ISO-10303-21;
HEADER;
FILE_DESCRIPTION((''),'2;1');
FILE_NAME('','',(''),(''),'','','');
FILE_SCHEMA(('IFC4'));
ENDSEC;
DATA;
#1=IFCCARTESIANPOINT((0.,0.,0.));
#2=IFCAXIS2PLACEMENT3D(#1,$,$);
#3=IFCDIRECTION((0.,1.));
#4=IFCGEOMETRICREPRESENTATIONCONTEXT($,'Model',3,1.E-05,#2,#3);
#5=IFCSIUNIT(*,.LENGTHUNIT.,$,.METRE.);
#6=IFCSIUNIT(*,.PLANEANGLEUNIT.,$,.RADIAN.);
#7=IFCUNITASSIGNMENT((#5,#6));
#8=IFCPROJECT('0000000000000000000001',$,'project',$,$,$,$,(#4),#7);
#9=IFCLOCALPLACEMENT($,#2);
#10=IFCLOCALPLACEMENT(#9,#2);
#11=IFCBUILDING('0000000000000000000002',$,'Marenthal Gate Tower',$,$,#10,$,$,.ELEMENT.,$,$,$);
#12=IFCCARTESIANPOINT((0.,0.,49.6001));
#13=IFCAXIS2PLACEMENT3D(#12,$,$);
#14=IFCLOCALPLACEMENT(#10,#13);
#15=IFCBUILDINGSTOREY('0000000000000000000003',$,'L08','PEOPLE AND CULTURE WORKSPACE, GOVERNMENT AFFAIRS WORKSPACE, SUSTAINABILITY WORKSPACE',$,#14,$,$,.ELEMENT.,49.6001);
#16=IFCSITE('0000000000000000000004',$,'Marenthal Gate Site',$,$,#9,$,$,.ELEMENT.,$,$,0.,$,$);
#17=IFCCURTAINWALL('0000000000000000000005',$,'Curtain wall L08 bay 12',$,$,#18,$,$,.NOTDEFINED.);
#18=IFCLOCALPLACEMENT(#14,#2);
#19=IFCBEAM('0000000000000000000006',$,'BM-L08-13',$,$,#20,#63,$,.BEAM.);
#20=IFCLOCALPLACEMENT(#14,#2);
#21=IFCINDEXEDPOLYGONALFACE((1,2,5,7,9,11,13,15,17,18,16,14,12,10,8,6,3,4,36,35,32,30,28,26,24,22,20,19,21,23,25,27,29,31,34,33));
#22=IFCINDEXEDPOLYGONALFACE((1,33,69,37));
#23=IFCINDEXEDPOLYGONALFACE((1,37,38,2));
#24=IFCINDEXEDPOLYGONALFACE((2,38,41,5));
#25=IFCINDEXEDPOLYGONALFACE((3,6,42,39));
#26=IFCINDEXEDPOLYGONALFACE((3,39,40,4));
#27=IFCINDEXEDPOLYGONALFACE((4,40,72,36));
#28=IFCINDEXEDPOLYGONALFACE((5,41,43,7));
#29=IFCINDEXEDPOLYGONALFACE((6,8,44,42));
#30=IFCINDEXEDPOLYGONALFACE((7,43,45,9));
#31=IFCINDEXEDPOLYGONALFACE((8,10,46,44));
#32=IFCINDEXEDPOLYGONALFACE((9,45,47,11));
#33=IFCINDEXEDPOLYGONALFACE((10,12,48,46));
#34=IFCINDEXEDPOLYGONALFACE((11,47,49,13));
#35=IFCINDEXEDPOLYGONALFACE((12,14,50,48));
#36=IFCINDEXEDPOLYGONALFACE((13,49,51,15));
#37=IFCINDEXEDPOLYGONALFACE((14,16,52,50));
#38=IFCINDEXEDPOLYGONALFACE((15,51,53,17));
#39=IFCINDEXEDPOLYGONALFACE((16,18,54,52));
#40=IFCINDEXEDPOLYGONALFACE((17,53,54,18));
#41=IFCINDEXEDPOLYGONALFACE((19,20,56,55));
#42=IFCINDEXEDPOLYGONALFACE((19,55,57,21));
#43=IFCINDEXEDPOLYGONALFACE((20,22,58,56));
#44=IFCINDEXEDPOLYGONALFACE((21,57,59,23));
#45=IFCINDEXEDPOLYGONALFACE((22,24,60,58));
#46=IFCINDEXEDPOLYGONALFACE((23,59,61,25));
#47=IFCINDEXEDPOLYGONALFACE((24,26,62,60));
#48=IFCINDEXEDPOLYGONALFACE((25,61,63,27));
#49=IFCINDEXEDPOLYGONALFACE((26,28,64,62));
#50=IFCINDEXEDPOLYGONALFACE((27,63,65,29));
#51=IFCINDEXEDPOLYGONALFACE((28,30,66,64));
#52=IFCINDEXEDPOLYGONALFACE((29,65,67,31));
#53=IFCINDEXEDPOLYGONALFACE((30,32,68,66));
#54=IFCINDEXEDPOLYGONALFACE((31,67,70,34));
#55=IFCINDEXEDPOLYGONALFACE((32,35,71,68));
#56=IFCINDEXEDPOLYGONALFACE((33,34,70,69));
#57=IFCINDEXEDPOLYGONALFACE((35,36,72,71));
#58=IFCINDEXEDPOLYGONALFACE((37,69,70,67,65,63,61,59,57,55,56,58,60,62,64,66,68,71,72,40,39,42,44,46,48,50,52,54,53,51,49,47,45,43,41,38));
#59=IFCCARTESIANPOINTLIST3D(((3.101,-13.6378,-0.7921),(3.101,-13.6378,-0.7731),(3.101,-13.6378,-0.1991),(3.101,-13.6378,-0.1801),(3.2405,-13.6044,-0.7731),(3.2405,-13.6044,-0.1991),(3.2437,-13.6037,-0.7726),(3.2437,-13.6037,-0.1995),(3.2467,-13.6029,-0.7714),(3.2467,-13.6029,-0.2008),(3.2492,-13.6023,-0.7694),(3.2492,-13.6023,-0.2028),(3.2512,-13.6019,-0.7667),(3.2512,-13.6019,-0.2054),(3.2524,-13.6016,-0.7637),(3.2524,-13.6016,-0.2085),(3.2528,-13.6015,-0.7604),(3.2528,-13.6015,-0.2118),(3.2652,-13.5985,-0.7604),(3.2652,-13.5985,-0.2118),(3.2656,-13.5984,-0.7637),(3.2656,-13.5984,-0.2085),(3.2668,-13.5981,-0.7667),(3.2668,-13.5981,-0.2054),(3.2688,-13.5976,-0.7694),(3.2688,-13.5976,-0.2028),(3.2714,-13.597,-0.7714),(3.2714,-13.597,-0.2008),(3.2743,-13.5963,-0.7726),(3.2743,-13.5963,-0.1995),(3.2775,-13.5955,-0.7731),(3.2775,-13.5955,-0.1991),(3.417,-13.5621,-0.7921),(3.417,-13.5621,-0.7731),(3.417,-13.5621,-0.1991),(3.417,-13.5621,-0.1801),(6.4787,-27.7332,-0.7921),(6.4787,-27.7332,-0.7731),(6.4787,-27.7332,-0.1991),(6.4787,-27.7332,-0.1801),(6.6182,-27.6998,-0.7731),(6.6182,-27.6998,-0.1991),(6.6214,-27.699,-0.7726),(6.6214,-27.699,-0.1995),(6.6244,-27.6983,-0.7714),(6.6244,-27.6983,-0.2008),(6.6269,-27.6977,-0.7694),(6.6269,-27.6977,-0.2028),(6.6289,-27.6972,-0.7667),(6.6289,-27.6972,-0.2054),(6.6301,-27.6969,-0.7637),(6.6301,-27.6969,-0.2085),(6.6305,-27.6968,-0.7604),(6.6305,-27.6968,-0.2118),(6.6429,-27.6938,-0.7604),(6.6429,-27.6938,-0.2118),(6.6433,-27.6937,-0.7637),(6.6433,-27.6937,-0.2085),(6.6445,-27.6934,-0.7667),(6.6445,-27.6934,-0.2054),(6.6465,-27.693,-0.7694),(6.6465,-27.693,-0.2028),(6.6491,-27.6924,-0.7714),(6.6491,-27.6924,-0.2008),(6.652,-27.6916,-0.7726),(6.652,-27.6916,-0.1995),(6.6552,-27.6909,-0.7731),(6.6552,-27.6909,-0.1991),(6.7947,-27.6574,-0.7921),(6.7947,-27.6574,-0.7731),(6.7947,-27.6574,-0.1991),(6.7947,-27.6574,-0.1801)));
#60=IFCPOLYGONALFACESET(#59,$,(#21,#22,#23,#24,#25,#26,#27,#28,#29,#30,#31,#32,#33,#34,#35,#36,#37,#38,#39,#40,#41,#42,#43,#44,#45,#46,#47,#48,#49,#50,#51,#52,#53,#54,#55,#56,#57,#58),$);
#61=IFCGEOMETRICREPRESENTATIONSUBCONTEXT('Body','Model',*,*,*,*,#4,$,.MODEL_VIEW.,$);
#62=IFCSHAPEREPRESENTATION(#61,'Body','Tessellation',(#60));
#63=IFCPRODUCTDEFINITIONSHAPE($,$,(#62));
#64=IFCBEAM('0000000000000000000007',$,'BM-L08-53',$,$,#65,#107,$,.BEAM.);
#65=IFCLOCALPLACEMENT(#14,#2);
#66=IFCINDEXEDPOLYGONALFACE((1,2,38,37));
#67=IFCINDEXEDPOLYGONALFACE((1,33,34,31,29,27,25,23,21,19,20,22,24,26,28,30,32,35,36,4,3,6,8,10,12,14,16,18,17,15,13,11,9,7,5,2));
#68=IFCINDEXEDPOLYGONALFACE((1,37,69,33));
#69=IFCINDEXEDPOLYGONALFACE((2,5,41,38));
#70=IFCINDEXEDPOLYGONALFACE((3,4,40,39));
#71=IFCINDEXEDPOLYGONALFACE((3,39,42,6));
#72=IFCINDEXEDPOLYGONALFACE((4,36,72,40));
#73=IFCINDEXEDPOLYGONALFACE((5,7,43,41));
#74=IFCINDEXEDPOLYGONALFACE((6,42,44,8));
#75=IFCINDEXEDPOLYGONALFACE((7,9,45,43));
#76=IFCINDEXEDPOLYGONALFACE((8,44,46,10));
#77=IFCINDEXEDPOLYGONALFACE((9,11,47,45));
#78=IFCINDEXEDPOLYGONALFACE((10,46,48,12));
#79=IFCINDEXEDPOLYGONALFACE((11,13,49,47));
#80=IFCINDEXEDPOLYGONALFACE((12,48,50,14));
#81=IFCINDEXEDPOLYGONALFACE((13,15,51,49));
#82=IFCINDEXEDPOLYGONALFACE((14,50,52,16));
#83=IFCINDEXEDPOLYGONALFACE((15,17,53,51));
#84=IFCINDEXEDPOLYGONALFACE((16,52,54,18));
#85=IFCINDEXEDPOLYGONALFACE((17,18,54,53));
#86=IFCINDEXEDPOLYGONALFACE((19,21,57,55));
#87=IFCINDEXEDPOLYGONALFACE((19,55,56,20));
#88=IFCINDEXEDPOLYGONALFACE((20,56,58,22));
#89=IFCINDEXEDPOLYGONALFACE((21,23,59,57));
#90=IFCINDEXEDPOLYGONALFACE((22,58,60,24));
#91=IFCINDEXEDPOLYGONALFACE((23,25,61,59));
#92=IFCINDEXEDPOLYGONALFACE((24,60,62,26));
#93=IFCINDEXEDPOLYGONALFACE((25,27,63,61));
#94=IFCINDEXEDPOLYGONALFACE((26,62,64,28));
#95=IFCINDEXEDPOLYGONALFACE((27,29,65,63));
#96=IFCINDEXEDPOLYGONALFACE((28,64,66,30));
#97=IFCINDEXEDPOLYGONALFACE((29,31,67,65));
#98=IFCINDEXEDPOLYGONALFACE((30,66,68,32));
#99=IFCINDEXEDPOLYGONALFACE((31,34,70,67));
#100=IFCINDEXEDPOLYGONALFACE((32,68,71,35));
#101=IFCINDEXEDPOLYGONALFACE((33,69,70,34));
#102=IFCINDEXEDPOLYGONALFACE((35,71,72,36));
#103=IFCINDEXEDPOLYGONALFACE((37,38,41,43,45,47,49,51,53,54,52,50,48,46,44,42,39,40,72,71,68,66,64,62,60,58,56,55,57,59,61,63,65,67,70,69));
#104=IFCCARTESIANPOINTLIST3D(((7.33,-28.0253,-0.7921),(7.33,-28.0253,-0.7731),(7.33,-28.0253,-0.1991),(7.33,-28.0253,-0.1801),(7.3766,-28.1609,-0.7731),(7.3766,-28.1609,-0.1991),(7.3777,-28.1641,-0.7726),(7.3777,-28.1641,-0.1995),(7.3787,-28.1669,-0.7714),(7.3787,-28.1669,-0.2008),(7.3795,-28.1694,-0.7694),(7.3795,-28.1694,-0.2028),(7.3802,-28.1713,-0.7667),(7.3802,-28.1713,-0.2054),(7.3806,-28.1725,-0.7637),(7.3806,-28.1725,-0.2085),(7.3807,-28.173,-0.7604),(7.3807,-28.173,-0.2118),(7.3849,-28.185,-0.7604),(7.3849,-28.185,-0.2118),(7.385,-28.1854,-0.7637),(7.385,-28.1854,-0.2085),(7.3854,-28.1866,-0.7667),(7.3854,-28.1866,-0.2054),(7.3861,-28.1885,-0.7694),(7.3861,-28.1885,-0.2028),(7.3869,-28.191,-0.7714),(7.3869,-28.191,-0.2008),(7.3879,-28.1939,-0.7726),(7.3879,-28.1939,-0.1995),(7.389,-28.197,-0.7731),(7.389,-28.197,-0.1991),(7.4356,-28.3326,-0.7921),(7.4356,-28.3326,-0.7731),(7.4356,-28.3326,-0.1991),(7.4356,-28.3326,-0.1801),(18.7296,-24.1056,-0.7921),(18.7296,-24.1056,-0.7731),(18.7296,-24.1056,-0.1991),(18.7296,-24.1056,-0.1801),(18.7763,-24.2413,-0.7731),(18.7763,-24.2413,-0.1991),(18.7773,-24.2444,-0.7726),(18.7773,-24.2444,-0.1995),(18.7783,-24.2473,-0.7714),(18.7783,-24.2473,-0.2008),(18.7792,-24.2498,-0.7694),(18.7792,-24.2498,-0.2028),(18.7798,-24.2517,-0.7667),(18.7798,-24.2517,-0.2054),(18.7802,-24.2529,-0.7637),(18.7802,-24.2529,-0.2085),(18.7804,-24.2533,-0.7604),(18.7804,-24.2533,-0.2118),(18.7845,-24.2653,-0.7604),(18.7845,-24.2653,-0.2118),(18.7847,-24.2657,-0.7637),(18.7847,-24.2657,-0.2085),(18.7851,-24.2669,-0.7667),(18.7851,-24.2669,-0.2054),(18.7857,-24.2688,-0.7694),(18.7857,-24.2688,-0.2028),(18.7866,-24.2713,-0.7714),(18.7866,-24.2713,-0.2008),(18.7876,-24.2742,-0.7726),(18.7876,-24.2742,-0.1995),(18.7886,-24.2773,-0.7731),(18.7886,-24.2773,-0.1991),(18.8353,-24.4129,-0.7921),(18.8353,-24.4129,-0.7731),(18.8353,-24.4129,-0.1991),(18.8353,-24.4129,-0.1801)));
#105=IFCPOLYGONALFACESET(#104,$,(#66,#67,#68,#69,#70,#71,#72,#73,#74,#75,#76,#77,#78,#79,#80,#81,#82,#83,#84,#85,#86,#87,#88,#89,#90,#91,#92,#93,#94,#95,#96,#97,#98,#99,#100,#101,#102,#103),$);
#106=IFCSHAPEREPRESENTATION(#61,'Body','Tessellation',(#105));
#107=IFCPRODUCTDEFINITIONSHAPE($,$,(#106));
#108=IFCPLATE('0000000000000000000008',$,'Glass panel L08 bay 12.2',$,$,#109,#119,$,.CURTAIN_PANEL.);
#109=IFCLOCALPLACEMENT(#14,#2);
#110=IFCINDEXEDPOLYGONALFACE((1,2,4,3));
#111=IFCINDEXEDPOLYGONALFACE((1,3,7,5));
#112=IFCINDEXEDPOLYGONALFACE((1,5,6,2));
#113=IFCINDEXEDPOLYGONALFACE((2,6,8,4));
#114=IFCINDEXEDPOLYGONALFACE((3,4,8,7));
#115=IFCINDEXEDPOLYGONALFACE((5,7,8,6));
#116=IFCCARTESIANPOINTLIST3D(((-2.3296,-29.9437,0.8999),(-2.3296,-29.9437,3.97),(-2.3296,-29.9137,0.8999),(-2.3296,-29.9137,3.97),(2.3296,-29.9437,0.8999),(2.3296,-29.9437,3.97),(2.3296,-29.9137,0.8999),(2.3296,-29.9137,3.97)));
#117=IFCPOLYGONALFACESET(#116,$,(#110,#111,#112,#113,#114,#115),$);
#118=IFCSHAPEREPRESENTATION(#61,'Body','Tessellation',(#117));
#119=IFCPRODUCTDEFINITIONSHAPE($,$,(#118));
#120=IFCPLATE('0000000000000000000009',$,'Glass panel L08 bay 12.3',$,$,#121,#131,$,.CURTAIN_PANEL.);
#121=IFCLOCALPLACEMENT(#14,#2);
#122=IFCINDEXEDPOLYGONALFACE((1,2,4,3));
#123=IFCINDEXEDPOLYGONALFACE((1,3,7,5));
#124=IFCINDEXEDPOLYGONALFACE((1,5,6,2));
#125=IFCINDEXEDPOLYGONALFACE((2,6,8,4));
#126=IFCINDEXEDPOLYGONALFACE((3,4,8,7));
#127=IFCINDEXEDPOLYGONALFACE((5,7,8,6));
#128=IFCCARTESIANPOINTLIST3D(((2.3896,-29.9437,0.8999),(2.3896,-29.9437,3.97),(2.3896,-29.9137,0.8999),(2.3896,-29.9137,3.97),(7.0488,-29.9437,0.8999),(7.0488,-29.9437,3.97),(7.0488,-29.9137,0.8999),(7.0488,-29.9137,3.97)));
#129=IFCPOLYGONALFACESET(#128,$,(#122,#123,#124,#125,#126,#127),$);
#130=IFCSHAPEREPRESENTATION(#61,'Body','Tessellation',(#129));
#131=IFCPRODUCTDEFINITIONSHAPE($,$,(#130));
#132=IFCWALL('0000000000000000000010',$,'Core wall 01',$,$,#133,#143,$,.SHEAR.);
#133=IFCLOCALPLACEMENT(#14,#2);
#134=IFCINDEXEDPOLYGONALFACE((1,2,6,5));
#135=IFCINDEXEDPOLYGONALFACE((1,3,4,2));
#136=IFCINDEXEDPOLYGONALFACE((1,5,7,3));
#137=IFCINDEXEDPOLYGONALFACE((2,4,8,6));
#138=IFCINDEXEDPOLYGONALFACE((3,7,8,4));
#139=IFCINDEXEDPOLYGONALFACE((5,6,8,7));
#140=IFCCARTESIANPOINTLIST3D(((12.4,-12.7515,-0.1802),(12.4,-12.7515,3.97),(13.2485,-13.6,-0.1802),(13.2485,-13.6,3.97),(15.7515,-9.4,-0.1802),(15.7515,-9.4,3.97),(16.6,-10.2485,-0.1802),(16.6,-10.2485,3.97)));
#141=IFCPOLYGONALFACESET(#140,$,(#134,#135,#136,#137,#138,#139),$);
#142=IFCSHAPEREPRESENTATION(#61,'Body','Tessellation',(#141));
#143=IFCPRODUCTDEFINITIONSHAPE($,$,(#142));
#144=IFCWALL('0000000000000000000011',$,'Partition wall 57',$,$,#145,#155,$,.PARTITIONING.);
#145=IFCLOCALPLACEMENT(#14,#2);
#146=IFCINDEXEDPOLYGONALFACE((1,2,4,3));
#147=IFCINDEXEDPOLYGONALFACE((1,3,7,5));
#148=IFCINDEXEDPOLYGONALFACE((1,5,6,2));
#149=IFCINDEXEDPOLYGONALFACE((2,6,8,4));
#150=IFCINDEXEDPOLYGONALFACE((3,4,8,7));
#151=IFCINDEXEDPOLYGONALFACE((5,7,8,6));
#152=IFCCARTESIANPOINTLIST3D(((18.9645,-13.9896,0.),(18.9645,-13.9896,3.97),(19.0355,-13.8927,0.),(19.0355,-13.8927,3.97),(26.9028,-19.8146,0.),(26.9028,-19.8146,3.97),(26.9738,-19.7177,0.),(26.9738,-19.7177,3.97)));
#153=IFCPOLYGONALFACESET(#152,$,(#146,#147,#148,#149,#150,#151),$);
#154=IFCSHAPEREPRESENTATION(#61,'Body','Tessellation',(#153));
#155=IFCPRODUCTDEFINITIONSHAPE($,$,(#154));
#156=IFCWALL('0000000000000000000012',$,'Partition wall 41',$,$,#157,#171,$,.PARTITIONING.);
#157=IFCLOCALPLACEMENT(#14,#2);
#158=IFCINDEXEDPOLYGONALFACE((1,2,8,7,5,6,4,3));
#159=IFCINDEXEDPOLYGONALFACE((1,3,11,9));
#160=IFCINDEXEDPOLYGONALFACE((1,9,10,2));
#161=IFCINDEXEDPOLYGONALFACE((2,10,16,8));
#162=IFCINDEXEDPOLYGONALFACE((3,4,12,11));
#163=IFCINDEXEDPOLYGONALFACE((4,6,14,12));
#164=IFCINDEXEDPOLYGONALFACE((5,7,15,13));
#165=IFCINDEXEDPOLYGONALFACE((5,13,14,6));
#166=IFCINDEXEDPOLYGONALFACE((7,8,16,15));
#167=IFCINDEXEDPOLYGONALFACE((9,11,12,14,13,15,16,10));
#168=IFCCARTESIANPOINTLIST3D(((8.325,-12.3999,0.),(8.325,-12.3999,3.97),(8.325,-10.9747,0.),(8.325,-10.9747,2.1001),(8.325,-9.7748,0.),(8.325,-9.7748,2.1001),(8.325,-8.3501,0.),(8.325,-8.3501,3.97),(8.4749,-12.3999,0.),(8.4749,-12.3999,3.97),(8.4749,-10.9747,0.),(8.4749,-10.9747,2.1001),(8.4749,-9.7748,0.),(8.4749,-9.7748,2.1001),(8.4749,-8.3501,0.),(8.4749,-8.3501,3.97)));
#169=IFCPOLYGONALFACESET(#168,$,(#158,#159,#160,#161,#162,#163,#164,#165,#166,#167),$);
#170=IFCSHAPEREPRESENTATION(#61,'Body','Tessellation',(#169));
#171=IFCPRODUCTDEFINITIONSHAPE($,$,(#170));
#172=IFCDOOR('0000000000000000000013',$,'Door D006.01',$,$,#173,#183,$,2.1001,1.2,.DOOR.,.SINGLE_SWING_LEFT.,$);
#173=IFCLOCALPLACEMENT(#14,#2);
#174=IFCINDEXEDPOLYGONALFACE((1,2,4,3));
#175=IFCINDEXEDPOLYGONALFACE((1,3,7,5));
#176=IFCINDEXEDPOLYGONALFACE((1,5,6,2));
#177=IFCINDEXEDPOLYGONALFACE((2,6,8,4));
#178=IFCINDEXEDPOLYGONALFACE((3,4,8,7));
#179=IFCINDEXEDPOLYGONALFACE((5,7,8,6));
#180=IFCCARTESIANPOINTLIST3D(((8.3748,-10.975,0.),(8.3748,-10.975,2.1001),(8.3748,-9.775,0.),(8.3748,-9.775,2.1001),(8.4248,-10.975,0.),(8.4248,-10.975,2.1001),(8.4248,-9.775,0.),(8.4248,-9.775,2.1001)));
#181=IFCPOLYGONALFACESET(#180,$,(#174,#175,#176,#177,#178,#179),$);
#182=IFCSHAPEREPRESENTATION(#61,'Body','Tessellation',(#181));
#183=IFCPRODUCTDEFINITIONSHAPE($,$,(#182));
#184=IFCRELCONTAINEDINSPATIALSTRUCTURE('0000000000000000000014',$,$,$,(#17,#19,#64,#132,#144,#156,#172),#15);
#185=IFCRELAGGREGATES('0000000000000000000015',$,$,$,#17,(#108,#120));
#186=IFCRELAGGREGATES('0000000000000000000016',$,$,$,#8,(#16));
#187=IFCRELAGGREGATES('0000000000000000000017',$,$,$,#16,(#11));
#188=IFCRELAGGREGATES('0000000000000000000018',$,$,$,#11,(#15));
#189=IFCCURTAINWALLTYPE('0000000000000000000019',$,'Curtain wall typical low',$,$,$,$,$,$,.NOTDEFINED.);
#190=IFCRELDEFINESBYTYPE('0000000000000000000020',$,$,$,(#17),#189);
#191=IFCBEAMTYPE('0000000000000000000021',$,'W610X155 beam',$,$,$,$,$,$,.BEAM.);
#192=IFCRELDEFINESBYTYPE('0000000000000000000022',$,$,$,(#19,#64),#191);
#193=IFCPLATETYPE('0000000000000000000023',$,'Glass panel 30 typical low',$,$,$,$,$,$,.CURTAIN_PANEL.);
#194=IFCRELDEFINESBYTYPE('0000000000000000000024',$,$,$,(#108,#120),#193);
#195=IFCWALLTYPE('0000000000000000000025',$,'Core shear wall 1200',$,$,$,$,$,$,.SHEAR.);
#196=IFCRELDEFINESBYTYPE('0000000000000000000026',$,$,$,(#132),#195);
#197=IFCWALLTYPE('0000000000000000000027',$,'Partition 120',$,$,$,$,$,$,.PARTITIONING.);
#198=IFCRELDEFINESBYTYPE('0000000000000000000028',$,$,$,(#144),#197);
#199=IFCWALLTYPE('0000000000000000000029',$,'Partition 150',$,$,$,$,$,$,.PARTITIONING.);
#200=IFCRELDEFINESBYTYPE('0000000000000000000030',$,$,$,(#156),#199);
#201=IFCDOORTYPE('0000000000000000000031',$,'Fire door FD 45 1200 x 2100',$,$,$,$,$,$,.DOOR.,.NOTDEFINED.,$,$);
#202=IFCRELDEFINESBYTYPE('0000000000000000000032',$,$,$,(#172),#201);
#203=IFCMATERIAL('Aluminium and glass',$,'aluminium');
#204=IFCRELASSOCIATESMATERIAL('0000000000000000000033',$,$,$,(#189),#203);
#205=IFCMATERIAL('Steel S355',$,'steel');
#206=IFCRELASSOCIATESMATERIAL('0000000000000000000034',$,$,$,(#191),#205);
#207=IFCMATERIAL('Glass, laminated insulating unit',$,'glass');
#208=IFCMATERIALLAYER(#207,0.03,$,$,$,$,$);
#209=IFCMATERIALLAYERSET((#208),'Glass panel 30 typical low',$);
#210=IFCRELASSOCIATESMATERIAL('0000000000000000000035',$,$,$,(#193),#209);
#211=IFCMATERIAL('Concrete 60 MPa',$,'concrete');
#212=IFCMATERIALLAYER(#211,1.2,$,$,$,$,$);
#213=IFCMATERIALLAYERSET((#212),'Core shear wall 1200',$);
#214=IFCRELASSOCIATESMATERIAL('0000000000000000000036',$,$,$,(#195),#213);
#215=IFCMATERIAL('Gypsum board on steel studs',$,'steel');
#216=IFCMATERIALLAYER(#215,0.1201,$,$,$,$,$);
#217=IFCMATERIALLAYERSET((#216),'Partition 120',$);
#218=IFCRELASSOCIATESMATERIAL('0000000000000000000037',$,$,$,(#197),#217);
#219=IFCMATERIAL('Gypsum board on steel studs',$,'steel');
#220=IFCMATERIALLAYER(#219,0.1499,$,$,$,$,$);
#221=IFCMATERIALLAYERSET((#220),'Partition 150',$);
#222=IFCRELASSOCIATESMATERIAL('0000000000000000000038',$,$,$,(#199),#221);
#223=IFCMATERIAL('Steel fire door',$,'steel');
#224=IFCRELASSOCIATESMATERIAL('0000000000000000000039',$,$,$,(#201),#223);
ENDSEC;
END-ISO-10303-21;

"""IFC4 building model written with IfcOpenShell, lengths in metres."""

from ifc_helpers import new_model, si_unit, direction, frame, frame_2d, origin, origin_2d, place, context, subcontext, project, spatial, rectangle, i_section, extrude, material, layer, layer_set, material_profile, profile_set, type_object, element, fill, aggregate, save


model = new_model("IFC4")

# Units and contexts
model_context = context("Model", 3, precision=1e-05, world=origin(), true_north=direction((0.0, 1.0)))
body_context = subcontext(model_context, "Body", "Model", "MODEL_VIEW")
ifc_project = project(units=[si_unit("LENGTHUNIT", "METRE"), si_unit("PLANEANGLEUNIT", "RADIAN")], contexts=[model_context])

# Site, building, storey
site_placement = place(None, origin())
site = spatial("IfcSite", under=ifc_project, at=site_placement, Name="Marenthal Gate Site", CompositionType="ELEMENT", RefElevation=0.0)
building_placement = place(site_placement, origin())
building = spatial("IfcBuilding", under=site, at=building_placement, Name="Marenthal Gate Tower", CompositionType="ELEMENT")
storey_placement = place(building_placement, frame((0.0, 0.0, 49.6001)))
storey = spatial("IfcBuildingStorey", under=building, at=storey_placement, Name="L08", Description="PEOPLE AND CULTURE WORKSPACE, GOVERNMENT AFFAIRS WORKSPACE, SUSTAINABILITY WORKSPACE", CompositionType="ELEMENT", Elevation=49.6001)

# Curtain wall
ifc_material_1 = material(Name="Aluminium and glass", Category="aluminium")
curtain_wall_type = type_object("IfcCurtainWallType", Name="Curtain wall typical low", PredefinedType="NOTDEFINED", material=ifc_material_1)
curtain_wall_placement = place(storey_placement, origin())
curtain_wall = element("IfcCurtainWall", 1, at=curtain_wall_placement, inside=storey, type_object=curtain_wall_type, Name="Curtain wall L08 bay 12", PredefinedType="NOTDEFINED")

# Beams
ifc_material_2 = material(Name="Steel S355", Category="steel")
ifc_material_profile_1 = material_profile(ifc_material_2, i_section(OverallWidth=0.325, OverallDepth=0.6121, WebThickness=0.0127, FlangeThickness=0.019, FilletRadius=0.0127, at=origin_2d()), Name="W610X155")
ifc_profile_set_1 = profile_set([ifc_material_profile_1], Name="Steel S355")
beam_type_1 = type_object("IfcBeamType", Name="W610X155 beam", PredefinedType="BEAM", material=ifc_profile_set_1)
beam_1_placement = place(storey_placement, frame((6.6367, -27.6953, -0.4861), z_axis=(-0.233036, 0.972468, 0.0), x_axis=(-0.972468, -0.233036, 0.0)))
element("IfcBeam", 2, at=beam_1_placement, inside=storey, type_object=beam_type_1, Name="BM-L08-13", PredefinedType="BEAM", context=body_context, shape_type="SweptSolid", body=[
    extrude(i_section(OverallWidth=0.325, OverallDepth=0.6121, WebThickness=0.0127, FlangeThickness=0.019, FilletRadius=0.0127, at=origin_2d()), origin(), (0.0, 0.0, 1.0), 14.4944),
])
beam_2_placement = place(storey_placement, frame((7.3828, -28.179, -0.4861), z_axis=(0.94566, 0.325157, 0.0), x_axis=(-0.325157, 0.94566, 0.0)))
element("IfcBeam", 3, at=beam_2_placement, inside=storey, type_object=beam_type_1, Name="BM-L08-53", PredefinedType="BEAM", context=body_context, shape_type="SweptSolid", body=[
    extrude(i_section(OverallWidth=0.325, OverallDepth=0.6121, WebThickness=0.0127, FlangeThickness=0.019, FilletRadius=0.0127, at=origin_2d()), origin(), (0.0, 0.0, 1.0), 12.0547),
])

# Plates
ifc_material_3 = material(Name="Glass, laminated insulating unit", Category="glass")
ifc_layer_1 = layer(ifc_material_3, 0.03)
ifc_layer_set_1 = layer_set([ifc_layer_1], Name="Glass panel 30 typical low")
plate_type = type_object("IfcPlateType", Name="Glass panel 30 typical low", PredefinedType="CURTAIN_PANEL", material=ifc_layer_set_1)
plate_1_placement = place(storey_placement, frame((0.0, -29.9287, 0.8999), z_axis=(0.0, 0.0, 1.0), x_axis=(1.0, 0.0, 0.0)))
plate_1 = element("IfcPlate", 4, at=plate_1_placement, type_object=plate_type, Name="Glass panel L08 bay 12.2", PredefinedType="CURTAIN_PANEL", context=body_context, shape_type="SweptSolid", body=[
    extrude(rectangle(XDim=4.6592, YDim=0.03, at=origin_2d()), origin(), (0.0, 0.0, 1.0), 3.0701),
])
plate_2_placement = place(storey_placement, frame((4.7192, -29.9287, 0.8999), z_axis=(0.0, 0.0, 1.0), x_axis=(1.0, 0.0, 0.0)))
plate_2 = element("IfcPlate", 5, at=plate_2_placement, type_object=plate_type, Name="Glass panel L08 bay 12.3", PredefinedType="CURTAIN_PANEL", context=body_context, shape_type="SweptSolid", body=[
    extrude(rectangle(XDim=4.6592, YDim=0.03, at=origin_2d()), origin(), (0.0, 0.0, 1.0), 3.0701),
])
aggregate(curtain_wall, [plate_1, plate_2])

# Walls
ifc_material_4 = material(Name="Concrete 60 MPa", Category="concrete")
ifc_layer_2 = layer(ifc_material_4, 1.2)
ifc_layer_set_2 = layer_set([ifc_layer_2], Name="Core shear wall 1200")
wall_type_1 = type_object("IfcWallType", Name="Core shear wall 1200", PredefinedType="SHEAR", material=ifc_layer_set_2)
wall_1_placement = place(storey_placement, frame((12.8242, -13.1758, -0.1802), z_axis=(0.0, 0.0, 1.0), x_axis=(0.707107, 0.707107, 0.0)))
element("IfcWall", 6, at=wall_1_placement, inside=storey, type_object=wall_type_1, Name="Core wall 01", PredefinedType="SHEAR", context=body_context, shape_type="SweptSolid", body=[
    extrude(rectangle(XDim=4.7397, YDim=1.2, at=frame_2d((2.3699, 0.0))), origin(), (0.0, 0.0, 1.0), 4.1501),
])
ifc_material_5 = material(Name="Gypsum board on steel studs", Category="steel")
ifc_layer_3 = layer(ifc_material_5, 0.1201)
ifc_layer_set_3 = layer_set([ifc_layer_3], Name="Partition 120")
wall_type_2 = type_object("IfcWallType", Name="Partition 120", PredefinedType="PARTITIONING", material=ifc_layer_set_3)
wall_2_placement = place(storey_placement, frame((19.0, -13.9412, 0.0), z_axis=(0.0, 0.0, 1.0), x_axis=(0.806232, -0.5916, 0.0)))
element("IfcWall", 7, at=wall_2_placement, inside=storey, type_object=wall_type_2, Name="Partition wall 57", PredefinedType="PARTITIONING", context=body_context, shape_type="SweptSolid", body=[
    extrude(rectangle(XDim=9.8462, YDim=0.1201, at=frame_2d((4.9231, 0.0))), origin(), (0.0, 0.0, 1.0), 3.97),
])

# Wall, opening, door
ifc_material_6 = material(Name="Gypsum board on steel studs", Category="steel")
ifc_layer_4 = layer(ifc_material_6, 0.1499)
ifc_layer_set_4 = layer_set([ifc_layer_4], Name="Partition 150")
wall_type_3 = type_object("IfcWallType", Name="Partition 150", PredefinedType="PARTITIONING", material=ifc_layer_set_4)
wall_3_placement = place(storey_placement, frame((8.3999, -12.3999, 0.0), z_axis=(0.0, 0.0, 1.0), x_axis=(0.0, 1.0, 0.0)))
wall_3 = element("IfcWall", 8, at=wall_3_placement, inside=storey, type_object=wall_type_3, Name="Partition wall 41", PredefinedType="PARTITIONING", context=body_context, shape_type="SweptSolid", body=[
    extrude(rectangle(XDim=4.0498, YDim=0.1499, at=frame_2d((2.0249, 0.0))), origin(), (0.0, 0.0, 1.0), 3.97),
])
opening_1_placement = place(wall_3_placement, frame((1.425, 0.0, 0.0)))
opening_1 = element("IfcOpeningElement", 9, at=opening_1_placement, cuts=wall_3, PredefinedType="OPENING", context=body_context, shape_type="SweptSolid", body=[
    extrude(rectangle(XDim=1.2, YDim=2.1001, at=frame_2d((0.6001, 1.05))), frame((0.0, 0.085, 0.0), z_axis=(0.0, -1.0, 0.0), x_axis=(1.0, 0.0, 0.0)), (0.0, 0.0, 1.0), 0.1699),
])
ifc_material_7 = material(Name="Steel fire door", Category="steel")
door_type_1 = type_object("IfcDoorType", Name="Fire door FD 45 1200 x 2100", OperationType="NOTDEFINED", PredefinedType="DOOR", material=ifc_material_7)
door_1_placement = place(opening_1_placement, frame((1.2, 0.0, 0.0), z_axis=(0.0, 0.0, 1.0), x_axis=(-1.0, 0.0, 0.0)))
door_1 = element("IfcDoor", 10, at=door_1_placement, inside=storey, type_object=door_type_1, Name="Door D006.01", OperationType="SINGLE_SWING_LEFT", OverallHeight=2.1001, OverallWidth=1.2, PredefinedType="DOOR", context=body_context, shape_type="SweptSolid", body=[
    extrude(rectangle(XDim=1.2, YDim=2.1001, at=frame_2d((0.6001, 1.05))), frame((0.0, 0.0249, 0.0), z_axis=(0.0, -1.0, 0.0), x_axis=(1.0, 0.0, 0.0)), (0.0, 0.0, 1.0), 0.05),
])
fill(opening_1, door_1)

save(model, "model.ifc")
